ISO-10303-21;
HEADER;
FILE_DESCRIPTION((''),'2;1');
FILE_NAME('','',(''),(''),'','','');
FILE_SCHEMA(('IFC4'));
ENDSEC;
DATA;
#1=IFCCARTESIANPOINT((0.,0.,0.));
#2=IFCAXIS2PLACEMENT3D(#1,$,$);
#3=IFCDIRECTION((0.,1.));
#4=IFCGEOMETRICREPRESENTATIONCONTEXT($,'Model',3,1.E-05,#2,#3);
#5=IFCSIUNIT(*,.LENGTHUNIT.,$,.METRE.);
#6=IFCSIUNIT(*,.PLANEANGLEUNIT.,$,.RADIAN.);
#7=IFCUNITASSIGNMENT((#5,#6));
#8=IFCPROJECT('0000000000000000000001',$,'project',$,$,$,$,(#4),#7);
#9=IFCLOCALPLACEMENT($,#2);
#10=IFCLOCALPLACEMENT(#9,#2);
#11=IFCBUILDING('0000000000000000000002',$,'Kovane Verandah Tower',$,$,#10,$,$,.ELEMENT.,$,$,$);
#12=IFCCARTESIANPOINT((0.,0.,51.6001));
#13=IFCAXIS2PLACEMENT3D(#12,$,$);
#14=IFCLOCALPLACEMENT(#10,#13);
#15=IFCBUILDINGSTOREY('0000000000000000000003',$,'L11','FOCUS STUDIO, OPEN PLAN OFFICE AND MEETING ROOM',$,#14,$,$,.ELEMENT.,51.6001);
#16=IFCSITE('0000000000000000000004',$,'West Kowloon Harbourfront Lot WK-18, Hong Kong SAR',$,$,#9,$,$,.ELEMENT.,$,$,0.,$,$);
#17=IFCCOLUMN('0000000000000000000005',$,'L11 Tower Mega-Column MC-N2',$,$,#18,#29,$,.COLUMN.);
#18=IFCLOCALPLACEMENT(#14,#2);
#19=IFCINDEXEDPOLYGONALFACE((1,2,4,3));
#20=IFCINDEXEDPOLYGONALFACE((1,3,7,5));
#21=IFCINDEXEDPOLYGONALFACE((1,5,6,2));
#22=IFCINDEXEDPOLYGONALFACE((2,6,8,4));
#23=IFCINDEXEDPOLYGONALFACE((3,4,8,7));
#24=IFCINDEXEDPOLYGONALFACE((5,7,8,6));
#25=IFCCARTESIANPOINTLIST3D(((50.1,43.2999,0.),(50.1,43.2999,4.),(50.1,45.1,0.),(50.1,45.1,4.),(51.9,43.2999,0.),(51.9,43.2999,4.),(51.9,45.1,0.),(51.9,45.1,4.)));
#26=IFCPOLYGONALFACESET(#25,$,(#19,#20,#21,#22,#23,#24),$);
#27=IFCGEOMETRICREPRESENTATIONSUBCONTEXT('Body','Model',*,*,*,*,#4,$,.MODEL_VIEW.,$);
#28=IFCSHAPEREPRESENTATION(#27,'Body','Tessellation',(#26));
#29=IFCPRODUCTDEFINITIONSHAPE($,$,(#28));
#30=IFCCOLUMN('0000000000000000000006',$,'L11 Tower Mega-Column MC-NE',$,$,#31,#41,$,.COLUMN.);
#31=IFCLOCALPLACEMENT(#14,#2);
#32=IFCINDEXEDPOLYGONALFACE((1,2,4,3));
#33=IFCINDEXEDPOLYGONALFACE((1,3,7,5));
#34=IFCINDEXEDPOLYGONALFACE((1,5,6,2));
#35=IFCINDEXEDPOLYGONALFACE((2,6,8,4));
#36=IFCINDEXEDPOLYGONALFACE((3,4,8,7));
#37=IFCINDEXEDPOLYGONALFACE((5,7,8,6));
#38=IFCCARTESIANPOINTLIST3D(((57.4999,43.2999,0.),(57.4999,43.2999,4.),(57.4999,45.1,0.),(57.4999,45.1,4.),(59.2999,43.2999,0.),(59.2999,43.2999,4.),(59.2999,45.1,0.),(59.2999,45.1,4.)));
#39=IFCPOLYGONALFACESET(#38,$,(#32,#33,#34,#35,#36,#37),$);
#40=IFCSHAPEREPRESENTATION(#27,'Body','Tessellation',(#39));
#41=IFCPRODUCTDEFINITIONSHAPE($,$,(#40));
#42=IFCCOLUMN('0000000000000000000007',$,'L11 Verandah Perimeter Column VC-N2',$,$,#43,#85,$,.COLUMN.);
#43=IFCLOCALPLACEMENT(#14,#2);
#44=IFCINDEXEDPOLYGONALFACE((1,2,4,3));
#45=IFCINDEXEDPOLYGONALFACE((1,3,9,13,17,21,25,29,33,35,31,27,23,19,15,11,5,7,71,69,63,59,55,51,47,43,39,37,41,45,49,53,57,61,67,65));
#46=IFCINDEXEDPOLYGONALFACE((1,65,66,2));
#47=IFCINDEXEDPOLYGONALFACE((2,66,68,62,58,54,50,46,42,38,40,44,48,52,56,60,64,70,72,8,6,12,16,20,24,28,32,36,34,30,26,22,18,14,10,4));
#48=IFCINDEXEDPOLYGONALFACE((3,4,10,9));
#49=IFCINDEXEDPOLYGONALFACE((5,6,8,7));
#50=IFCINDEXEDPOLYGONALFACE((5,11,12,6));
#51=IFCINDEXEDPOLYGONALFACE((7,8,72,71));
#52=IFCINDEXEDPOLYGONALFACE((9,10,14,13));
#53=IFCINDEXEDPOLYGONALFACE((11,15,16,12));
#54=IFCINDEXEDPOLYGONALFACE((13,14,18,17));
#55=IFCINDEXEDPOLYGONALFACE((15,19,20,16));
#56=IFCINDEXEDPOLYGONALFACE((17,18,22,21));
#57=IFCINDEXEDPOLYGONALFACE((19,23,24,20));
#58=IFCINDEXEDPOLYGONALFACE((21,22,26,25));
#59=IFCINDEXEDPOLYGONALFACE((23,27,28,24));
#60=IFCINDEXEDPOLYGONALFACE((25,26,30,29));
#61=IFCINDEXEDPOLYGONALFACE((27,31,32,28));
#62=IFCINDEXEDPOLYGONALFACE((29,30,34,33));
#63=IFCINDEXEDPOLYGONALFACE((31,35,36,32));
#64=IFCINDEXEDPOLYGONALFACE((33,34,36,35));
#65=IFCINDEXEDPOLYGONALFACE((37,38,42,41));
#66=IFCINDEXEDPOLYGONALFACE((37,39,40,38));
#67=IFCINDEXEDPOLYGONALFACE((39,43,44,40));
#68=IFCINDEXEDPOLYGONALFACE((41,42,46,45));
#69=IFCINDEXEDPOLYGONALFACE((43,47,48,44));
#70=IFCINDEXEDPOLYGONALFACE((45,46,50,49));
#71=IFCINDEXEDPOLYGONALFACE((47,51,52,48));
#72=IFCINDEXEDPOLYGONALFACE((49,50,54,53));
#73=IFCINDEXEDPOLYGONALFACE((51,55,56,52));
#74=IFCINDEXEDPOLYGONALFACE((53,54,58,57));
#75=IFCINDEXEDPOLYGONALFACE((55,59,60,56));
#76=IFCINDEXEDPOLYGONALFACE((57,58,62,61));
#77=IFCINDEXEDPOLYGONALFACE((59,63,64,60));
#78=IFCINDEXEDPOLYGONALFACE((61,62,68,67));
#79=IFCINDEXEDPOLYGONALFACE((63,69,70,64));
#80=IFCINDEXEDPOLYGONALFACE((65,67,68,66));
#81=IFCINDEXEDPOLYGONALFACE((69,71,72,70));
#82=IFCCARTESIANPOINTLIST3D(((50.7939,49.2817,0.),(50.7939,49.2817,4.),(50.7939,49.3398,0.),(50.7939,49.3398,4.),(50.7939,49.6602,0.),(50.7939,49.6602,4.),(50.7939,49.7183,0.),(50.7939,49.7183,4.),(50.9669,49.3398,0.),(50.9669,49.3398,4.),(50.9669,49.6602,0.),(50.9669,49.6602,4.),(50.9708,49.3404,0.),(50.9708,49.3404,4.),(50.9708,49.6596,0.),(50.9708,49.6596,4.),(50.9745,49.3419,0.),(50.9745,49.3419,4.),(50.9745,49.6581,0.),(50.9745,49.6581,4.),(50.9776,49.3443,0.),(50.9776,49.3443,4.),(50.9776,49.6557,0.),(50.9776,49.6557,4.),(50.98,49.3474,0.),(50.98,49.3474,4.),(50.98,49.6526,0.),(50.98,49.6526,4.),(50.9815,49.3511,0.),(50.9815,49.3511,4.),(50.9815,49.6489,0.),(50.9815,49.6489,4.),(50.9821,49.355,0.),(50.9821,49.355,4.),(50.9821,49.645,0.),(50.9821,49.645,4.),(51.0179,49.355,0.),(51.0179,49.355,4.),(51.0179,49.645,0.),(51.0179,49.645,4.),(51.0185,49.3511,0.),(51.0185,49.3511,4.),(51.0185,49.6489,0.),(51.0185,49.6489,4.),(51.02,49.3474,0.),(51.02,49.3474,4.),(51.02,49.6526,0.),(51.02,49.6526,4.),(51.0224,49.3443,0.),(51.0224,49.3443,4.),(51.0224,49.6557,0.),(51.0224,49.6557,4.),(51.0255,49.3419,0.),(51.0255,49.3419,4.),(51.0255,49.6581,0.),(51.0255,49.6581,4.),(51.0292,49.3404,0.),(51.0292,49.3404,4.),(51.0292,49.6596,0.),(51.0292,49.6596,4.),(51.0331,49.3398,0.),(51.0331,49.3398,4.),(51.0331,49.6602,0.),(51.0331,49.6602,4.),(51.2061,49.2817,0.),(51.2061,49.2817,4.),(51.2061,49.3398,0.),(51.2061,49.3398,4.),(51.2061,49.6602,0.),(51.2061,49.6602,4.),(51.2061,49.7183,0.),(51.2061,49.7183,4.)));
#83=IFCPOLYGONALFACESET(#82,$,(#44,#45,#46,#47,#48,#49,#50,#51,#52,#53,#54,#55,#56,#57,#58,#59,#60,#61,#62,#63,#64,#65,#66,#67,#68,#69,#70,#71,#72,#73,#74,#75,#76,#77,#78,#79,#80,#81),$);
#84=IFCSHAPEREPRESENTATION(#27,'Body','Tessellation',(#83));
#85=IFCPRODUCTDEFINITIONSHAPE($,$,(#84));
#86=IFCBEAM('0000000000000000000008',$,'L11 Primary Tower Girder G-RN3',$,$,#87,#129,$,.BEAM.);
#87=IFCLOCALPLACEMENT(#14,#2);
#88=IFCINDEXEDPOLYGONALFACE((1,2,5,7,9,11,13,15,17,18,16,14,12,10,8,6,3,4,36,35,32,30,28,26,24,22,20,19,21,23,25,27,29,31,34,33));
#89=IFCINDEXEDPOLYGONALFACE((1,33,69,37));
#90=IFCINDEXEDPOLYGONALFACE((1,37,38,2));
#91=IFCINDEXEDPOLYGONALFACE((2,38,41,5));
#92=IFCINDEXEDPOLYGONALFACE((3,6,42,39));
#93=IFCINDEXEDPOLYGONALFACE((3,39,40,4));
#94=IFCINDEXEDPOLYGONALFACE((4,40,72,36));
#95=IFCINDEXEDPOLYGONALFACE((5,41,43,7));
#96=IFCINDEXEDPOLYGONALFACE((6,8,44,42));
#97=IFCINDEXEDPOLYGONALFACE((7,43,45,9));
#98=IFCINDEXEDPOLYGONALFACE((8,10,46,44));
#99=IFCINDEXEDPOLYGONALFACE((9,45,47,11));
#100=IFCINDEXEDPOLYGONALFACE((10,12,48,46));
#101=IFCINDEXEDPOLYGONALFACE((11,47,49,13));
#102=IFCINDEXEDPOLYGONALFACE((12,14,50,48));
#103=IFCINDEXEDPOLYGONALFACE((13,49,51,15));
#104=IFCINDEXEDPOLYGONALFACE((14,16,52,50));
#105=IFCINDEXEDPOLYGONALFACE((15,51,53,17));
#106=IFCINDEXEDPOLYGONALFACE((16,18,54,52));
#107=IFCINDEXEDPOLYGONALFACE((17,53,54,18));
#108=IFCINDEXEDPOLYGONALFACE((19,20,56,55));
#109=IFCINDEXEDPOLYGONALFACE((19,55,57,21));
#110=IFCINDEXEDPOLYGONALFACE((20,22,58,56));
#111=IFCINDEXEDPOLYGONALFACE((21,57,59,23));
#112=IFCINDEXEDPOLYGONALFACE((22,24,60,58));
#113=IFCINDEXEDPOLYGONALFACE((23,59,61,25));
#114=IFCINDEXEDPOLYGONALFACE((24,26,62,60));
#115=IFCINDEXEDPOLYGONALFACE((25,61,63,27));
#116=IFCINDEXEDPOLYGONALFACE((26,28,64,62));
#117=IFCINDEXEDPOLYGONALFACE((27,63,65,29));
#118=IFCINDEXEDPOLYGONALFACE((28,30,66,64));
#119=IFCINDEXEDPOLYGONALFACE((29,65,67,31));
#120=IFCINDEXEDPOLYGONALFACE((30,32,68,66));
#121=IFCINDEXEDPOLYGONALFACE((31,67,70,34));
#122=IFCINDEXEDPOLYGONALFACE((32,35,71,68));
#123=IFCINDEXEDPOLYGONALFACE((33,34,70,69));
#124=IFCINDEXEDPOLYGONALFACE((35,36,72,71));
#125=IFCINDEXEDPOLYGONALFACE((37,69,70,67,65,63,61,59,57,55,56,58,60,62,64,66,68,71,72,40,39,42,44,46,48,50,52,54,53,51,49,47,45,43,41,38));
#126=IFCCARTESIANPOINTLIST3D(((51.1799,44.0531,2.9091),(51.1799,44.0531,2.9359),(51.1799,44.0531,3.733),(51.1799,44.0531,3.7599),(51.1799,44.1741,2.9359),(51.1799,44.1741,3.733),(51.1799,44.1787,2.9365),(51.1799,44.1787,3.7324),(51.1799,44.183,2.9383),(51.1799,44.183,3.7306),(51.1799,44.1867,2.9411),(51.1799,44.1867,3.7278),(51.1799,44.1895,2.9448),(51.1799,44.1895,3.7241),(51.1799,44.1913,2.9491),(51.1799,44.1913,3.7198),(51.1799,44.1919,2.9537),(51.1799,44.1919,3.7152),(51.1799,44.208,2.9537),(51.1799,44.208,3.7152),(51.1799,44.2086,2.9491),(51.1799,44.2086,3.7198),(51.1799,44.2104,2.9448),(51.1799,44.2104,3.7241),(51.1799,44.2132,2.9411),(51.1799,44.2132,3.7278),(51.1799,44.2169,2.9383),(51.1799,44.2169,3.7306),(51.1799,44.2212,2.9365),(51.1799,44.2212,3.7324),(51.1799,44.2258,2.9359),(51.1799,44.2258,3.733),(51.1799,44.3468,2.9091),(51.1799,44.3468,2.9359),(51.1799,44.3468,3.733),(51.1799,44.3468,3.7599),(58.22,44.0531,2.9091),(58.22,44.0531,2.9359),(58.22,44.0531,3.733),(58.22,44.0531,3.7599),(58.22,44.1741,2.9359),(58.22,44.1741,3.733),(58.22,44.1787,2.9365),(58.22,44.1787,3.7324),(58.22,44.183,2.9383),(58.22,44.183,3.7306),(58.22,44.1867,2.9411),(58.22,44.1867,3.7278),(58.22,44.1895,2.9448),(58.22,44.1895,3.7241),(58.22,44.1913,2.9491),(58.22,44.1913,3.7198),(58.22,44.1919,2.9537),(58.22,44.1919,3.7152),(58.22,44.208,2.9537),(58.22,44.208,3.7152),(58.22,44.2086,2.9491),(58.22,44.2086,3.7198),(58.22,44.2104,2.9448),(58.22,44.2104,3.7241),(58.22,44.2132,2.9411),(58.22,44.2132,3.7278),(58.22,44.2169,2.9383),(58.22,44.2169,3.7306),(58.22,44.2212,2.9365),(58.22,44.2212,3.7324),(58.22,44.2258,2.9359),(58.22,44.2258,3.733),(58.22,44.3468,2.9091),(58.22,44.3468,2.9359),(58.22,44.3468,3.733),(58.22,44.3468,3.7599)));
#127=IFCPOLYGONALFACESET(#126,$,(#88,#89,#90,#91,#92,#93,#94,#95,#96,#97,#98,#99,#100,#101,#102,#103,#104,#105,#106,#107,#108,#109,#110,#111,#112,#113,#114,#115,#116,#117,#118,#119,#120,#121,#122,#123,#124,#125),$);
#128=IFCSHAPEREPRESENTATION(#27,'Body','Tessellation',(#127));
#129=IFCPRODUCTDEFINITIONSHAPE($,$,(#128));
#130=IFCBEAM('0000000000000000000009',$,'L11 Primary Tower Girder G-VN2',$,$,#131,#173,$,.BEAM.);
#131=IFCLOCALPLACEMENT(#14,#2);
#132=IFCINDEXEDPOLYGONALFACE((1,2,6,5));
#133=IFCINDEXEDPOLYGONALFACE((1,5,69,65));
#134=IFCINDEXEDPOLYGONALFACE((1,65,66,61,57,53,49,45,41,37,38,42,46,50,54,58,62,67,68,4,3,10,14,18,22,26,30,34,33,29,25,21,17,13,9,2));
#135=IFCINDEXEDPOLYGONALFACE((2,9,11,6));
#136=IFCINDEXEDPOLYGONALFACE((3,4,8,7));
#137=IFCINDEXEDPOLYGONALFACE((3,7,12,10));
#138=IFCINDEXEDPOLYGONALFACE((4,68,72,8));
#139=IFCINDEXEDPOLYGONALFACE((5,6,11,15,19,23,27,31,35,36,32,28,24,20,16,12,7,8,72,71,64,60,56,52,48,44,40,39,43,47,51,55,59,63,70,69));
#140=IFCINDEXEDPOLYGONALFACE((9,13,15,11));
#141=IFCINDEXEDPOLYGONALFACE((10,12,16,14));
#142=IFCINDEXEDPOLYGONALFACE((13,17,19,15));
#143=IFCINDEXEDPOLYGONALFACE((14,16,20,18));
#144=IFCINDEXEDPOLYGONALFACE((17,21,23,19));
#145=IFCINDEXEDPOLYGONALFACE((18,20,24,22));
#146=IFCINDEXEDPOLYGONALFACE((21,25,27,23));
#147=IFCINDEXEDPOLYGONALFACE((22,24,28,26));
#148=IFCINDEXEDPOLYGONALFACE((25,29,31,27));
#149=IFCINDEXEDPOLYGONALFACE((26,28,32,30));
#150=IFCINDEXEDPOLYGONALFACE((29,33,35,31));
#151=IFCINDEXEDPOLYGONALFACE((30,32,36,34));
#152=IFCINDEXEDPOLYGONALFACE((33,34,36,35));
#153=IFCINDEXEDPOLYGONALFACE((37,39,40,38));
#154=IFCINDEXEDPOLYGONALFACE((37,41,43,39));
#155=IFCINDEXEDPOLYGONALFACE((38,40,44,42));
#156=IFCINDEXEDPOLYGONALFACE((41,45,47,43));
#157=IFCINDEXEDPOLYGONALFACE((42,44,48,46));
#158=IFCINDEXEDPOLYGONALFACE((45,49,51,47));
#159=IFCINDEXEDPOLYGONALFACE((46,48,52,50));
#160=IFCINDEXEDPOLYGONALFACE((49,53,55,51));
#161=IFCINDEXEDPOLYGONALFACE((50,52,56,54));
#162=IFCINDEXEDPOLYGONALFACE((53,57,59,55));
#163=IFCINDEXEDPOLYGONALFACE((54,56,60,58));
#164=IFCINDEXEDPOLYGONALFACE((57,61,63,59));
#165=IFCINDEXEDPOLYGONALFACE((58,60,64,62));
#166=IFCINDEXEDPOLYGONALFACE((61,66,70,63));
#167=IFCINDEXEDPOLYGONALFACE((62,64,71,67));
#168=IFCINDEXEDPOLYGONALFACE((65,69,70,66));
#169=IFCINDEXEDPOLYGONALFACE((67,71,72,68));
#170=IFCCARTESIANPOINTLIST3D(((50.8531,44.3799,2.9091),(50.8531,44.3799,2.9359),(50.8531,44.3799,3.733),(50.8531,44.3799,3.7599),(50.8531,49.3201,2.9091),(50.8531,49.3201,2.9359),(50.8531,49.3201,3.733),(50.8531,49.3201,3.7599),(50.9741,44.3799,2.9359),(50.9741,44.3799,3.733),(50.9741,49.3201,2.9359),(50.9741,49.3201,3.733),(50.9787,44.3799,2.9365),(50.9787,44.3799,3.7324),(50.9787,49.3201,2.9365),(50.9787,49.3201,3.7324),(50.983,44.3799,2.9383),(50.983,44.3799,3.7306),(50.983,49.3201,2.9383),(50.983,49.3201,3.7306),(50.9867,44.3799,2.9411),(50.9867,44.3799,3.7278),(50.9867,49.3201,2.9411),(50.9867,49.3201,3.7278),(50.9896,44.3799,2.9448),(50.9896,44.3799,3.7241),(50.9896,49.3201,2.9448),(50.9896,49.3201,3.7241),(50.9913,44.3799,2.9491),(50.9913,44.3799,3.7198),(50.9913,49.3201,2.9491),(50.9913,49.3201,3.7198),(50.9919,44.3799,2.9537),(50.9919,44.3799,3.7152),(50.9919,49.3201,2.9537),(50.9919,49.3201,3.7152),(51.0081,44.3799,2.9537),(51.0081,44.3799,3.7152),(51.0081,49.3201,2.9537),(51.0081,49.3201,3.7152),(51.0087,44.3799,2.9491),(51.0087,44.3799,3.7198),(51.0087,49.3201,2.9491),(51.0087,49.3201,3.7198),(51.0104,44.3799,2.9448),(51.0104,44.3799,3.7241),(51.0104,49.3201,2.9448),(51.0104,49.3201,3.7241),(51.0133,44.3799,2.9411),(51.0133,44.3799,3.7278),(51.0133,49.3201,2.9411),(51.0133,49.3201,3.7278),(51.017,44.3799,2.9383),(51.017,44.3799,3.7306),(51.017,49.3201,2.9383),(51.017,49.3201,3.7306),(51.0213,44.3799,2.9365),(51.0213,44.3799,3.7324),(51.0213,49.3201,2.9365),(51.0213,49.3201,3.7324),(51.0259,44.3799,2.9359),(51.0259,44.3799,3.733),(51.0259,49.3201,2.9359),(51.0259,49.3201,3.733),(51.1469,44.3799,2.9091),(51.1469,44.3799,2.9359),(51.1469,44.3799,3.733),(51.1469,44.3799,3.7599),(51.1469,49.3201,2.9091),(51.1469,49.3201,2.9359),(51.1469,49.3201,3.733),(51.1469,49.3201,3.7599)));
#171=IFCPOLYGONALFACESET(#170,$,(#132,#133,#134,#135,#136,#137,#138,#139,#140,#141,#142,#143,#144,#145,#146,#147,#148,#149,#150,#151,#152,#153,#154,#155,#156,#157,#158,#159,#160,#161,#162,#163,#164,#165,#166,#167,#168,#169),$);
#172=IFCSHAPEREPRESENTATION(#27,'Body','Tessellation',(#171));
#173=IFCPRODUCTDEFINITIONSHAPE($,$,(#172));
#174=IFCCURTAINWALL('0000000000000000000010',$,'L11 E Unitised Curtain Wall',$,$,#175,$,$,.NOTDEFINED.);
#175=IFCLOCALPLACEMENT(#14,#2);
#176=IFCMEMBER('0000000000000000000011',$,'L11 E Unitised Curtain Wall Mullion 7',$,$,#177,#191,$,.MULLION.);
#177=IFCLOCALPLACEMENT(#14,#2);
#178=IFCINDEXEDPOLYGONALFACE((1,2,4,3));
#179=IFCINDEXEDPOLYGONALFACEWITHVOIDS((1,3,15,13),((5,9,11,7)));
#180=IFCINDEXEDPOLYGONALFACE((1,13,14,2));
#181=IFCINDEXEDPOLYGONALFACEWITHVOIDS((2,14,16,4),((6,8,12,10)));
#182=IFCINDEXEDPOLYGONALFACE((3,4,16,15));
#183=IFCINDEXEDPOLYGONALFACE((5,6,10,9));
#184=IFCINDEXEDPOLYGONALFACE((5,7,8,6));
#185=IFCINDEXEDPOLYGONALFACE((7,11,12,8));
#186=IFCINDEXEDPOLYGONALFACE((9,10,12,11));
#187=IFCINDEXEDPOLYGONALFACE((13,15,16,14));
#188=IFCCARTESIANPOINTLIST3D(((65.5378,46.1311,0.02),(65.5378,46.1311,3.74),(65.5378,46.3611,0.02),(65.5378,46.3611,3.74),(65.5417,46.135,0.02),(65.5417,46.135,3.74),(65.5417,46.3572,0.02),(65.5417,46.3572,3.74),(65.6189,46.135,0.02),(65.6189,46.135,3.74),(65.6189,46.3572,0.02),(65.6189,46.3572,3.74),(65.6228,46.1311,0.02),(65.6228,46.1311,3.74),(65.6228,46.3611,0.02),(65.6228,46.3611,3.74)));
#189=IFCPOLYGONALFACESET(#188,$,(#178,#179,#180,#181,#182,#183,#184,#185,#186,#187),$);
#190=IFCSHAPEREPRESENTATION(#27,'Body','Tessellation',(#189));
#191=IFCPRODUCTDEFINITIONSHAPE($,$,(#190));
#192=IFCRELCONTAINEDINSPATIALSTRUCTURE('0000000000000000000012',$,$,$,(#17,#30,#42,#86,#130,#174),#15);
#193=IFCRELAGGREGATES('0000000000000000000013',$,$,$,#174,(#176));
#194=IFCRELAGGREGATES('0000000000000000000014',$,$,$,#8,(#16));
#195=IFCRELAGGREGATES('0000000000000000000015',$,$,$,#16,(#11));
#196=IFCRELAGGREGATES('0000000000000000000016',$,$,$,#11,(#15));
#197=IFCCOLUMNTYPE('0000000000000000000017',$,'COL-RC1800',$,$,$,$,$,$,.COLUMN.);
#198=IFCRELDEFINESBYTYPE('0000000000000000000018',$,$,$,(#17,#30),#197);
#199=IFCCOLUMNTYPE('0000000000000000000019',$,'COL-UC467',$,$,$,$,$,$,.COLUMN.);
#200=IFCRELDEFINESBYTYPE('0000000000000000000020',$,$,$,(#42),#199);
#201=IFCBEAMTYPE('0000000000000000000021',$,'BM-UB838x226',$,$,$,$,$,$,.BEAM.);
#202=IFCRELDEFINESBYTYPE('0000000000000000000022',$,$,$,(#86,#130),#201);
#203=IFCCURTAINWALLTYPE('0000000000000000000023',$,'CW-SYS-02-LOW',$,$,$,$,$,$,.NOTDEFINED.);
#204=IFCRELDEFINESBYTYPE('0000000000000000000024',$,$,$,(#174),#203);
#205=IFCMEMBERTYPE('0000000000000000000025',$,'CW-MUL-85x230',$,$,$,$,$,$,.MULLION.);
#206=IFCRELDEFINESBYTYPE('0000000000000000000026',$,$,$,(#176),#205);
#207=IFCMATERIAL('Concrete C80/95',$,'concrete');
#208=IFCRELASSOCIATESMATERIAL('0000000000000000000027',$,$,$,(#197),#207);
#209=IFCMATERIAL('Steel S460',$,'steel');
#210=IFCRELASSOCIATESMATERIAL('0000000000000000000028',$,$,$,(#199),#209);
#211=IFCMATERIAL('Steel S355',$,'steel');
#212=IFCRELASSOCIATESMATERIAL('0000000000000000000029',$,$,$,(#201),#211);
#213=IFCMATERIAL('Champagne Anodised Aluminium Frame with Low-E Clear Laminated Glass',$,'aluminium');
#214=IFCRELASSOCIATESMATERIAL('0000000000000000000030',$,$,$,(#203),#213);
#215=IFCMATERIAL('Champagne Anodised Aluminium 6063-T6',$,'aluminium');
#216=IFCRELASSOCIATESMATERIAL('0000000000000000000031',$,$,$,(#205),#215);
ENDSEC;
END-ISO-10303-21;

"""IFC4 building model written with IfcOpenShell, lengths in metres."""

from ifc_helpers import new_model, si_unit, direction, frame, origin, origin_2d, place, context, subcontext, project, spatial, rectangle, hollow_rectangle, i_section, extrude, material, material_profile, profile_set, type_object, element, aggregate, save


model = new_model("IFC4")

# Units and contexts
model_context = context("Model", 3, precision=1e-05, world=origin(), true_north=direction((0.0, 1.0)))
body_context = subcontext(model_context, "Body", "Model", "MODEL_VIEW")
ifc_project = project(units=[si_unit("LENGTHUNIT", "METRE"), si_unit("PLANEANGLEUNIT", "RADIAN")], contexts=[model_context])

# Site, building, storey
site_placement = place(None, origin())
site = spatial("IfcSite", under=ifc_project, at=site_placement, Name="West Kowloon Harbourfront Lot WK-18, Hong Kong SAR", CompositionType="ELEMENT", RefElevation=0.0)
building_placement = place(site_placement, origin())
building = spatial("IfcBuilding", under=site, at=building_placement, Name="Kovane Verandah Tower", CompositionType="ELEMENT")
storey_placement = place(building_placement, frame((0.0, 0.0, 51.6001)))
storey = spatial("IfcBuildingStorey", under=building, at=storey_placement, Name="L11", Description="FOCUS STUDIO, OPEN PLAN OFFICE AND MEETING ROOM", CompositionType="ELEMENT", Elevation=51.6001)

# Columns
ifc_material_1 = material(Name="Concrete C80/95", Category="concrete")
ifc_material_profile_1 = material_profile(ifc_material_1, rectangle(XDim=1.8, YDim=1.8, at=origin_2d()), Name="RC1800x1800")
ifc_profile_set_1 = profile_set([ifc_material_profile_1], Name="Concrete C80/95")
column_type_1 = type_object("IfcColumnType", Name="COL-RC1800", PredefinedType="COLUMN", material=ifc_profile_set_1)
for number, where, z_axis, x_axis, name in (
    (1, (51.0, 44.2, 0.0), (0.0, 0.0, 1.0), (1.0, 0.0, 0.0), "L11 Tower Mega-Column MC-N2"),
    (2, (58.3999, 44.2, 0.0), (0.0, 0.0, 1.0), (1.0, 0.0, 0.0), "L11 Tower Mega-Column MC-NE"),
):
    element("IfcColumn", number, at=place(storey_placement, frame(where, z_axis=z_axis, x_axis=x_axis)), inside=storey, type_object=column_type_1, Name=name, PredefinedType="COLUMN", context=body_context, shape_type="SweptSolid", body=[
        extrude(rectangle(XDim=1.8, YDim=1.8, at=origin_2d()), origin(), (0.0, 0.0, 1.0), 4.0),
    ])
ifc_material_2 = material(Name="Steel S460", Category="steel")
ifc_material_profile_2 = material_profile(ifc_material_2, i_section(OverallWidth=0.4121, OverallDepth=0.4365, WebThickness=0.0359, FlangeThickness=0.0581, FilletRadius=0.0151, at=origin_2d()), Name="UC356x406x467")
ifc_profile_set_2 = profile_set([ifc_material_profile_2], Name="Steel S460")
column_type_2 = type_object("IfcColumnType", Name="COL-UC467", PredefinedType="COLUMN", material=ifc_profile_set_2)
column_placement = place(storey_placement, frame((51.0, 49.5, 0.0), z_axis=(0.0, 0.0, 1.0), x_axis=(1.0, 0.0, 0.0)))
element("IfcColumn", 3, at=column_placement, inside=storey, type_object=column_type_2, Name="L11 Verandah Perimeter Column VC-N2", PredefinedType="COLUMN", context=body_context, shape_type="SweptSolid", body=[
    extrude(i_section(OverallWidth=0.4121, OverallDepth=0.4365, WebThickness=0.0359, FlangeThickness=0.0581, FilletRadius=0.0151, at=origin_2d()), origin(), (0.0, 0.0, 1.0), 4.0),
])

# Beams
ifc_material_3 = material(Name="Steel S355", Category="steel")
ifc_material_profile_3 = material_profile(ifc_material_3, i_section(OverallWidth=0.2937, OverallDepth=0.8508, WebThickness=0.0161, FlangeThickness=0.0269, FilletRadius=0.0178, at=origin_2d()), Name="UB838x292x226")
ifc_profile_set_3 = profile_set([ifc_material_profile_3], Name="Steel S355")
beam_type = type_object("IfcBeamType", Name="BM-UB838x226", PredefinedType="BEAM", material=ifc_profile_set_3)
beam_1_placement = place(storey_placement, frame((51.1799, 44.2, 3.3345), z_axis=(1.0, 0.0, 0.0), x_axis=(0.0, 1.0, 0.0)))
element("IfcBeam", 4, at=beam_1_placement, inside=storey, type_object=beam_type, Name="L11 Primary Tower Girder G-RN3", PredefinedType="BEAM", context=body_context, shape_type="SweptSolid", body=[
    extrude(i_section(OverallWidth=0.2937, OverallDepth=0.8508, WebThickness=0.0161, FlangeThickness=0.0269, FilletRadius=0.0178, at=origin_2d()), origin(), (0.0, 0.0, 1.0), 7.04),
])
beam_2_placement = place(storey_placement, frame((51.0, 44.3799, 3.3345), z_axis=(0.0, 1.0, 0.0), x_axis=(-1.0, 0.0, 0.0)))
element("IfcBeam", 5, at=beam_2_placement, inside=storey, type_object=beam_type, Name="L11 Primary Tower Girder G-VN2", PredefinedType="BEAM", context=body_context, shape_type="SweptSolid", body=[
    extrude(i_section(OverallWidth=0.2937, OverallDepth=0.8508, WebThickness=0.0161, FlangeThickness=0.0269, FilletRadius=0.0178, at=origin_2d()), origin(), (0.0, 0.0, 1.0), 4.9402),
])

# Curtain wall, member
ifc_material_4 = material(Name="Champagne Anodised Aluminium Frame with Low-E Clear Laminated Glass", Category="aluminium")
curtain_wall_type = type_object("IfcCurtainWallType", Name="CW-SYS-02-LOW", PredefinedType="NOTDEFINED", material=ifc_material_4)
curtain_wall_1_placement = place(storey_placement, origin())
curtain_wall_1 = element("IfcCurtainWall", 6, at=curtain_wall_1_placement, inside=storey, type_object=curtain_wall_type, Name="L11 E Unitised Curtain Wall", PredefinedType="NOTDEFINED")
ifc_material_5 = material(Name="Champagne Anodised Aluminium 6063-T6", Category="aluminium")
ifc_material_profile_4 = material_profile(ifc_material_5, hollow_rectangle(XDim=0.085, YDim=0.23, WallThickness=0.0039, at=origin_2d()), Name="AL85x230x4")
ifc_profile_set_4 = profile_set([ifc_material_profile_4], Name="Champagne Anodised Aluminium 6063-T6")
member_type_1 = type_object("IfcMemberType", Name="CW-MUL-85x230", PredefinedType="MULLION", material=ifc_profile_set_4)
member_1_placement = place(storey_placement, frame((65.5803, 46.2461, 0.02), z_axis=(0.0, 0.0, 1.0), x_axis=(1.0, 0.0, 0.0)))
member_1 = element("IfcMember", 7, at=member_1_placement, type_object=member_type_1, Name="L11 E Unitised Curtain Wall Mullion 7", PredefinedType="MULLION", context=body_context, shape_type="SweptSolid", body=[
    extrude(hollow_rectangle(XDim=0.085, YDim=0.23, WallThickness=0.0039, at=origin_2d()), origin(), (0.0, 0.0, 1.0), 3.72),
])

aggregate(curtain_wall_1, [member_1])

save(model, "model.ifc")
